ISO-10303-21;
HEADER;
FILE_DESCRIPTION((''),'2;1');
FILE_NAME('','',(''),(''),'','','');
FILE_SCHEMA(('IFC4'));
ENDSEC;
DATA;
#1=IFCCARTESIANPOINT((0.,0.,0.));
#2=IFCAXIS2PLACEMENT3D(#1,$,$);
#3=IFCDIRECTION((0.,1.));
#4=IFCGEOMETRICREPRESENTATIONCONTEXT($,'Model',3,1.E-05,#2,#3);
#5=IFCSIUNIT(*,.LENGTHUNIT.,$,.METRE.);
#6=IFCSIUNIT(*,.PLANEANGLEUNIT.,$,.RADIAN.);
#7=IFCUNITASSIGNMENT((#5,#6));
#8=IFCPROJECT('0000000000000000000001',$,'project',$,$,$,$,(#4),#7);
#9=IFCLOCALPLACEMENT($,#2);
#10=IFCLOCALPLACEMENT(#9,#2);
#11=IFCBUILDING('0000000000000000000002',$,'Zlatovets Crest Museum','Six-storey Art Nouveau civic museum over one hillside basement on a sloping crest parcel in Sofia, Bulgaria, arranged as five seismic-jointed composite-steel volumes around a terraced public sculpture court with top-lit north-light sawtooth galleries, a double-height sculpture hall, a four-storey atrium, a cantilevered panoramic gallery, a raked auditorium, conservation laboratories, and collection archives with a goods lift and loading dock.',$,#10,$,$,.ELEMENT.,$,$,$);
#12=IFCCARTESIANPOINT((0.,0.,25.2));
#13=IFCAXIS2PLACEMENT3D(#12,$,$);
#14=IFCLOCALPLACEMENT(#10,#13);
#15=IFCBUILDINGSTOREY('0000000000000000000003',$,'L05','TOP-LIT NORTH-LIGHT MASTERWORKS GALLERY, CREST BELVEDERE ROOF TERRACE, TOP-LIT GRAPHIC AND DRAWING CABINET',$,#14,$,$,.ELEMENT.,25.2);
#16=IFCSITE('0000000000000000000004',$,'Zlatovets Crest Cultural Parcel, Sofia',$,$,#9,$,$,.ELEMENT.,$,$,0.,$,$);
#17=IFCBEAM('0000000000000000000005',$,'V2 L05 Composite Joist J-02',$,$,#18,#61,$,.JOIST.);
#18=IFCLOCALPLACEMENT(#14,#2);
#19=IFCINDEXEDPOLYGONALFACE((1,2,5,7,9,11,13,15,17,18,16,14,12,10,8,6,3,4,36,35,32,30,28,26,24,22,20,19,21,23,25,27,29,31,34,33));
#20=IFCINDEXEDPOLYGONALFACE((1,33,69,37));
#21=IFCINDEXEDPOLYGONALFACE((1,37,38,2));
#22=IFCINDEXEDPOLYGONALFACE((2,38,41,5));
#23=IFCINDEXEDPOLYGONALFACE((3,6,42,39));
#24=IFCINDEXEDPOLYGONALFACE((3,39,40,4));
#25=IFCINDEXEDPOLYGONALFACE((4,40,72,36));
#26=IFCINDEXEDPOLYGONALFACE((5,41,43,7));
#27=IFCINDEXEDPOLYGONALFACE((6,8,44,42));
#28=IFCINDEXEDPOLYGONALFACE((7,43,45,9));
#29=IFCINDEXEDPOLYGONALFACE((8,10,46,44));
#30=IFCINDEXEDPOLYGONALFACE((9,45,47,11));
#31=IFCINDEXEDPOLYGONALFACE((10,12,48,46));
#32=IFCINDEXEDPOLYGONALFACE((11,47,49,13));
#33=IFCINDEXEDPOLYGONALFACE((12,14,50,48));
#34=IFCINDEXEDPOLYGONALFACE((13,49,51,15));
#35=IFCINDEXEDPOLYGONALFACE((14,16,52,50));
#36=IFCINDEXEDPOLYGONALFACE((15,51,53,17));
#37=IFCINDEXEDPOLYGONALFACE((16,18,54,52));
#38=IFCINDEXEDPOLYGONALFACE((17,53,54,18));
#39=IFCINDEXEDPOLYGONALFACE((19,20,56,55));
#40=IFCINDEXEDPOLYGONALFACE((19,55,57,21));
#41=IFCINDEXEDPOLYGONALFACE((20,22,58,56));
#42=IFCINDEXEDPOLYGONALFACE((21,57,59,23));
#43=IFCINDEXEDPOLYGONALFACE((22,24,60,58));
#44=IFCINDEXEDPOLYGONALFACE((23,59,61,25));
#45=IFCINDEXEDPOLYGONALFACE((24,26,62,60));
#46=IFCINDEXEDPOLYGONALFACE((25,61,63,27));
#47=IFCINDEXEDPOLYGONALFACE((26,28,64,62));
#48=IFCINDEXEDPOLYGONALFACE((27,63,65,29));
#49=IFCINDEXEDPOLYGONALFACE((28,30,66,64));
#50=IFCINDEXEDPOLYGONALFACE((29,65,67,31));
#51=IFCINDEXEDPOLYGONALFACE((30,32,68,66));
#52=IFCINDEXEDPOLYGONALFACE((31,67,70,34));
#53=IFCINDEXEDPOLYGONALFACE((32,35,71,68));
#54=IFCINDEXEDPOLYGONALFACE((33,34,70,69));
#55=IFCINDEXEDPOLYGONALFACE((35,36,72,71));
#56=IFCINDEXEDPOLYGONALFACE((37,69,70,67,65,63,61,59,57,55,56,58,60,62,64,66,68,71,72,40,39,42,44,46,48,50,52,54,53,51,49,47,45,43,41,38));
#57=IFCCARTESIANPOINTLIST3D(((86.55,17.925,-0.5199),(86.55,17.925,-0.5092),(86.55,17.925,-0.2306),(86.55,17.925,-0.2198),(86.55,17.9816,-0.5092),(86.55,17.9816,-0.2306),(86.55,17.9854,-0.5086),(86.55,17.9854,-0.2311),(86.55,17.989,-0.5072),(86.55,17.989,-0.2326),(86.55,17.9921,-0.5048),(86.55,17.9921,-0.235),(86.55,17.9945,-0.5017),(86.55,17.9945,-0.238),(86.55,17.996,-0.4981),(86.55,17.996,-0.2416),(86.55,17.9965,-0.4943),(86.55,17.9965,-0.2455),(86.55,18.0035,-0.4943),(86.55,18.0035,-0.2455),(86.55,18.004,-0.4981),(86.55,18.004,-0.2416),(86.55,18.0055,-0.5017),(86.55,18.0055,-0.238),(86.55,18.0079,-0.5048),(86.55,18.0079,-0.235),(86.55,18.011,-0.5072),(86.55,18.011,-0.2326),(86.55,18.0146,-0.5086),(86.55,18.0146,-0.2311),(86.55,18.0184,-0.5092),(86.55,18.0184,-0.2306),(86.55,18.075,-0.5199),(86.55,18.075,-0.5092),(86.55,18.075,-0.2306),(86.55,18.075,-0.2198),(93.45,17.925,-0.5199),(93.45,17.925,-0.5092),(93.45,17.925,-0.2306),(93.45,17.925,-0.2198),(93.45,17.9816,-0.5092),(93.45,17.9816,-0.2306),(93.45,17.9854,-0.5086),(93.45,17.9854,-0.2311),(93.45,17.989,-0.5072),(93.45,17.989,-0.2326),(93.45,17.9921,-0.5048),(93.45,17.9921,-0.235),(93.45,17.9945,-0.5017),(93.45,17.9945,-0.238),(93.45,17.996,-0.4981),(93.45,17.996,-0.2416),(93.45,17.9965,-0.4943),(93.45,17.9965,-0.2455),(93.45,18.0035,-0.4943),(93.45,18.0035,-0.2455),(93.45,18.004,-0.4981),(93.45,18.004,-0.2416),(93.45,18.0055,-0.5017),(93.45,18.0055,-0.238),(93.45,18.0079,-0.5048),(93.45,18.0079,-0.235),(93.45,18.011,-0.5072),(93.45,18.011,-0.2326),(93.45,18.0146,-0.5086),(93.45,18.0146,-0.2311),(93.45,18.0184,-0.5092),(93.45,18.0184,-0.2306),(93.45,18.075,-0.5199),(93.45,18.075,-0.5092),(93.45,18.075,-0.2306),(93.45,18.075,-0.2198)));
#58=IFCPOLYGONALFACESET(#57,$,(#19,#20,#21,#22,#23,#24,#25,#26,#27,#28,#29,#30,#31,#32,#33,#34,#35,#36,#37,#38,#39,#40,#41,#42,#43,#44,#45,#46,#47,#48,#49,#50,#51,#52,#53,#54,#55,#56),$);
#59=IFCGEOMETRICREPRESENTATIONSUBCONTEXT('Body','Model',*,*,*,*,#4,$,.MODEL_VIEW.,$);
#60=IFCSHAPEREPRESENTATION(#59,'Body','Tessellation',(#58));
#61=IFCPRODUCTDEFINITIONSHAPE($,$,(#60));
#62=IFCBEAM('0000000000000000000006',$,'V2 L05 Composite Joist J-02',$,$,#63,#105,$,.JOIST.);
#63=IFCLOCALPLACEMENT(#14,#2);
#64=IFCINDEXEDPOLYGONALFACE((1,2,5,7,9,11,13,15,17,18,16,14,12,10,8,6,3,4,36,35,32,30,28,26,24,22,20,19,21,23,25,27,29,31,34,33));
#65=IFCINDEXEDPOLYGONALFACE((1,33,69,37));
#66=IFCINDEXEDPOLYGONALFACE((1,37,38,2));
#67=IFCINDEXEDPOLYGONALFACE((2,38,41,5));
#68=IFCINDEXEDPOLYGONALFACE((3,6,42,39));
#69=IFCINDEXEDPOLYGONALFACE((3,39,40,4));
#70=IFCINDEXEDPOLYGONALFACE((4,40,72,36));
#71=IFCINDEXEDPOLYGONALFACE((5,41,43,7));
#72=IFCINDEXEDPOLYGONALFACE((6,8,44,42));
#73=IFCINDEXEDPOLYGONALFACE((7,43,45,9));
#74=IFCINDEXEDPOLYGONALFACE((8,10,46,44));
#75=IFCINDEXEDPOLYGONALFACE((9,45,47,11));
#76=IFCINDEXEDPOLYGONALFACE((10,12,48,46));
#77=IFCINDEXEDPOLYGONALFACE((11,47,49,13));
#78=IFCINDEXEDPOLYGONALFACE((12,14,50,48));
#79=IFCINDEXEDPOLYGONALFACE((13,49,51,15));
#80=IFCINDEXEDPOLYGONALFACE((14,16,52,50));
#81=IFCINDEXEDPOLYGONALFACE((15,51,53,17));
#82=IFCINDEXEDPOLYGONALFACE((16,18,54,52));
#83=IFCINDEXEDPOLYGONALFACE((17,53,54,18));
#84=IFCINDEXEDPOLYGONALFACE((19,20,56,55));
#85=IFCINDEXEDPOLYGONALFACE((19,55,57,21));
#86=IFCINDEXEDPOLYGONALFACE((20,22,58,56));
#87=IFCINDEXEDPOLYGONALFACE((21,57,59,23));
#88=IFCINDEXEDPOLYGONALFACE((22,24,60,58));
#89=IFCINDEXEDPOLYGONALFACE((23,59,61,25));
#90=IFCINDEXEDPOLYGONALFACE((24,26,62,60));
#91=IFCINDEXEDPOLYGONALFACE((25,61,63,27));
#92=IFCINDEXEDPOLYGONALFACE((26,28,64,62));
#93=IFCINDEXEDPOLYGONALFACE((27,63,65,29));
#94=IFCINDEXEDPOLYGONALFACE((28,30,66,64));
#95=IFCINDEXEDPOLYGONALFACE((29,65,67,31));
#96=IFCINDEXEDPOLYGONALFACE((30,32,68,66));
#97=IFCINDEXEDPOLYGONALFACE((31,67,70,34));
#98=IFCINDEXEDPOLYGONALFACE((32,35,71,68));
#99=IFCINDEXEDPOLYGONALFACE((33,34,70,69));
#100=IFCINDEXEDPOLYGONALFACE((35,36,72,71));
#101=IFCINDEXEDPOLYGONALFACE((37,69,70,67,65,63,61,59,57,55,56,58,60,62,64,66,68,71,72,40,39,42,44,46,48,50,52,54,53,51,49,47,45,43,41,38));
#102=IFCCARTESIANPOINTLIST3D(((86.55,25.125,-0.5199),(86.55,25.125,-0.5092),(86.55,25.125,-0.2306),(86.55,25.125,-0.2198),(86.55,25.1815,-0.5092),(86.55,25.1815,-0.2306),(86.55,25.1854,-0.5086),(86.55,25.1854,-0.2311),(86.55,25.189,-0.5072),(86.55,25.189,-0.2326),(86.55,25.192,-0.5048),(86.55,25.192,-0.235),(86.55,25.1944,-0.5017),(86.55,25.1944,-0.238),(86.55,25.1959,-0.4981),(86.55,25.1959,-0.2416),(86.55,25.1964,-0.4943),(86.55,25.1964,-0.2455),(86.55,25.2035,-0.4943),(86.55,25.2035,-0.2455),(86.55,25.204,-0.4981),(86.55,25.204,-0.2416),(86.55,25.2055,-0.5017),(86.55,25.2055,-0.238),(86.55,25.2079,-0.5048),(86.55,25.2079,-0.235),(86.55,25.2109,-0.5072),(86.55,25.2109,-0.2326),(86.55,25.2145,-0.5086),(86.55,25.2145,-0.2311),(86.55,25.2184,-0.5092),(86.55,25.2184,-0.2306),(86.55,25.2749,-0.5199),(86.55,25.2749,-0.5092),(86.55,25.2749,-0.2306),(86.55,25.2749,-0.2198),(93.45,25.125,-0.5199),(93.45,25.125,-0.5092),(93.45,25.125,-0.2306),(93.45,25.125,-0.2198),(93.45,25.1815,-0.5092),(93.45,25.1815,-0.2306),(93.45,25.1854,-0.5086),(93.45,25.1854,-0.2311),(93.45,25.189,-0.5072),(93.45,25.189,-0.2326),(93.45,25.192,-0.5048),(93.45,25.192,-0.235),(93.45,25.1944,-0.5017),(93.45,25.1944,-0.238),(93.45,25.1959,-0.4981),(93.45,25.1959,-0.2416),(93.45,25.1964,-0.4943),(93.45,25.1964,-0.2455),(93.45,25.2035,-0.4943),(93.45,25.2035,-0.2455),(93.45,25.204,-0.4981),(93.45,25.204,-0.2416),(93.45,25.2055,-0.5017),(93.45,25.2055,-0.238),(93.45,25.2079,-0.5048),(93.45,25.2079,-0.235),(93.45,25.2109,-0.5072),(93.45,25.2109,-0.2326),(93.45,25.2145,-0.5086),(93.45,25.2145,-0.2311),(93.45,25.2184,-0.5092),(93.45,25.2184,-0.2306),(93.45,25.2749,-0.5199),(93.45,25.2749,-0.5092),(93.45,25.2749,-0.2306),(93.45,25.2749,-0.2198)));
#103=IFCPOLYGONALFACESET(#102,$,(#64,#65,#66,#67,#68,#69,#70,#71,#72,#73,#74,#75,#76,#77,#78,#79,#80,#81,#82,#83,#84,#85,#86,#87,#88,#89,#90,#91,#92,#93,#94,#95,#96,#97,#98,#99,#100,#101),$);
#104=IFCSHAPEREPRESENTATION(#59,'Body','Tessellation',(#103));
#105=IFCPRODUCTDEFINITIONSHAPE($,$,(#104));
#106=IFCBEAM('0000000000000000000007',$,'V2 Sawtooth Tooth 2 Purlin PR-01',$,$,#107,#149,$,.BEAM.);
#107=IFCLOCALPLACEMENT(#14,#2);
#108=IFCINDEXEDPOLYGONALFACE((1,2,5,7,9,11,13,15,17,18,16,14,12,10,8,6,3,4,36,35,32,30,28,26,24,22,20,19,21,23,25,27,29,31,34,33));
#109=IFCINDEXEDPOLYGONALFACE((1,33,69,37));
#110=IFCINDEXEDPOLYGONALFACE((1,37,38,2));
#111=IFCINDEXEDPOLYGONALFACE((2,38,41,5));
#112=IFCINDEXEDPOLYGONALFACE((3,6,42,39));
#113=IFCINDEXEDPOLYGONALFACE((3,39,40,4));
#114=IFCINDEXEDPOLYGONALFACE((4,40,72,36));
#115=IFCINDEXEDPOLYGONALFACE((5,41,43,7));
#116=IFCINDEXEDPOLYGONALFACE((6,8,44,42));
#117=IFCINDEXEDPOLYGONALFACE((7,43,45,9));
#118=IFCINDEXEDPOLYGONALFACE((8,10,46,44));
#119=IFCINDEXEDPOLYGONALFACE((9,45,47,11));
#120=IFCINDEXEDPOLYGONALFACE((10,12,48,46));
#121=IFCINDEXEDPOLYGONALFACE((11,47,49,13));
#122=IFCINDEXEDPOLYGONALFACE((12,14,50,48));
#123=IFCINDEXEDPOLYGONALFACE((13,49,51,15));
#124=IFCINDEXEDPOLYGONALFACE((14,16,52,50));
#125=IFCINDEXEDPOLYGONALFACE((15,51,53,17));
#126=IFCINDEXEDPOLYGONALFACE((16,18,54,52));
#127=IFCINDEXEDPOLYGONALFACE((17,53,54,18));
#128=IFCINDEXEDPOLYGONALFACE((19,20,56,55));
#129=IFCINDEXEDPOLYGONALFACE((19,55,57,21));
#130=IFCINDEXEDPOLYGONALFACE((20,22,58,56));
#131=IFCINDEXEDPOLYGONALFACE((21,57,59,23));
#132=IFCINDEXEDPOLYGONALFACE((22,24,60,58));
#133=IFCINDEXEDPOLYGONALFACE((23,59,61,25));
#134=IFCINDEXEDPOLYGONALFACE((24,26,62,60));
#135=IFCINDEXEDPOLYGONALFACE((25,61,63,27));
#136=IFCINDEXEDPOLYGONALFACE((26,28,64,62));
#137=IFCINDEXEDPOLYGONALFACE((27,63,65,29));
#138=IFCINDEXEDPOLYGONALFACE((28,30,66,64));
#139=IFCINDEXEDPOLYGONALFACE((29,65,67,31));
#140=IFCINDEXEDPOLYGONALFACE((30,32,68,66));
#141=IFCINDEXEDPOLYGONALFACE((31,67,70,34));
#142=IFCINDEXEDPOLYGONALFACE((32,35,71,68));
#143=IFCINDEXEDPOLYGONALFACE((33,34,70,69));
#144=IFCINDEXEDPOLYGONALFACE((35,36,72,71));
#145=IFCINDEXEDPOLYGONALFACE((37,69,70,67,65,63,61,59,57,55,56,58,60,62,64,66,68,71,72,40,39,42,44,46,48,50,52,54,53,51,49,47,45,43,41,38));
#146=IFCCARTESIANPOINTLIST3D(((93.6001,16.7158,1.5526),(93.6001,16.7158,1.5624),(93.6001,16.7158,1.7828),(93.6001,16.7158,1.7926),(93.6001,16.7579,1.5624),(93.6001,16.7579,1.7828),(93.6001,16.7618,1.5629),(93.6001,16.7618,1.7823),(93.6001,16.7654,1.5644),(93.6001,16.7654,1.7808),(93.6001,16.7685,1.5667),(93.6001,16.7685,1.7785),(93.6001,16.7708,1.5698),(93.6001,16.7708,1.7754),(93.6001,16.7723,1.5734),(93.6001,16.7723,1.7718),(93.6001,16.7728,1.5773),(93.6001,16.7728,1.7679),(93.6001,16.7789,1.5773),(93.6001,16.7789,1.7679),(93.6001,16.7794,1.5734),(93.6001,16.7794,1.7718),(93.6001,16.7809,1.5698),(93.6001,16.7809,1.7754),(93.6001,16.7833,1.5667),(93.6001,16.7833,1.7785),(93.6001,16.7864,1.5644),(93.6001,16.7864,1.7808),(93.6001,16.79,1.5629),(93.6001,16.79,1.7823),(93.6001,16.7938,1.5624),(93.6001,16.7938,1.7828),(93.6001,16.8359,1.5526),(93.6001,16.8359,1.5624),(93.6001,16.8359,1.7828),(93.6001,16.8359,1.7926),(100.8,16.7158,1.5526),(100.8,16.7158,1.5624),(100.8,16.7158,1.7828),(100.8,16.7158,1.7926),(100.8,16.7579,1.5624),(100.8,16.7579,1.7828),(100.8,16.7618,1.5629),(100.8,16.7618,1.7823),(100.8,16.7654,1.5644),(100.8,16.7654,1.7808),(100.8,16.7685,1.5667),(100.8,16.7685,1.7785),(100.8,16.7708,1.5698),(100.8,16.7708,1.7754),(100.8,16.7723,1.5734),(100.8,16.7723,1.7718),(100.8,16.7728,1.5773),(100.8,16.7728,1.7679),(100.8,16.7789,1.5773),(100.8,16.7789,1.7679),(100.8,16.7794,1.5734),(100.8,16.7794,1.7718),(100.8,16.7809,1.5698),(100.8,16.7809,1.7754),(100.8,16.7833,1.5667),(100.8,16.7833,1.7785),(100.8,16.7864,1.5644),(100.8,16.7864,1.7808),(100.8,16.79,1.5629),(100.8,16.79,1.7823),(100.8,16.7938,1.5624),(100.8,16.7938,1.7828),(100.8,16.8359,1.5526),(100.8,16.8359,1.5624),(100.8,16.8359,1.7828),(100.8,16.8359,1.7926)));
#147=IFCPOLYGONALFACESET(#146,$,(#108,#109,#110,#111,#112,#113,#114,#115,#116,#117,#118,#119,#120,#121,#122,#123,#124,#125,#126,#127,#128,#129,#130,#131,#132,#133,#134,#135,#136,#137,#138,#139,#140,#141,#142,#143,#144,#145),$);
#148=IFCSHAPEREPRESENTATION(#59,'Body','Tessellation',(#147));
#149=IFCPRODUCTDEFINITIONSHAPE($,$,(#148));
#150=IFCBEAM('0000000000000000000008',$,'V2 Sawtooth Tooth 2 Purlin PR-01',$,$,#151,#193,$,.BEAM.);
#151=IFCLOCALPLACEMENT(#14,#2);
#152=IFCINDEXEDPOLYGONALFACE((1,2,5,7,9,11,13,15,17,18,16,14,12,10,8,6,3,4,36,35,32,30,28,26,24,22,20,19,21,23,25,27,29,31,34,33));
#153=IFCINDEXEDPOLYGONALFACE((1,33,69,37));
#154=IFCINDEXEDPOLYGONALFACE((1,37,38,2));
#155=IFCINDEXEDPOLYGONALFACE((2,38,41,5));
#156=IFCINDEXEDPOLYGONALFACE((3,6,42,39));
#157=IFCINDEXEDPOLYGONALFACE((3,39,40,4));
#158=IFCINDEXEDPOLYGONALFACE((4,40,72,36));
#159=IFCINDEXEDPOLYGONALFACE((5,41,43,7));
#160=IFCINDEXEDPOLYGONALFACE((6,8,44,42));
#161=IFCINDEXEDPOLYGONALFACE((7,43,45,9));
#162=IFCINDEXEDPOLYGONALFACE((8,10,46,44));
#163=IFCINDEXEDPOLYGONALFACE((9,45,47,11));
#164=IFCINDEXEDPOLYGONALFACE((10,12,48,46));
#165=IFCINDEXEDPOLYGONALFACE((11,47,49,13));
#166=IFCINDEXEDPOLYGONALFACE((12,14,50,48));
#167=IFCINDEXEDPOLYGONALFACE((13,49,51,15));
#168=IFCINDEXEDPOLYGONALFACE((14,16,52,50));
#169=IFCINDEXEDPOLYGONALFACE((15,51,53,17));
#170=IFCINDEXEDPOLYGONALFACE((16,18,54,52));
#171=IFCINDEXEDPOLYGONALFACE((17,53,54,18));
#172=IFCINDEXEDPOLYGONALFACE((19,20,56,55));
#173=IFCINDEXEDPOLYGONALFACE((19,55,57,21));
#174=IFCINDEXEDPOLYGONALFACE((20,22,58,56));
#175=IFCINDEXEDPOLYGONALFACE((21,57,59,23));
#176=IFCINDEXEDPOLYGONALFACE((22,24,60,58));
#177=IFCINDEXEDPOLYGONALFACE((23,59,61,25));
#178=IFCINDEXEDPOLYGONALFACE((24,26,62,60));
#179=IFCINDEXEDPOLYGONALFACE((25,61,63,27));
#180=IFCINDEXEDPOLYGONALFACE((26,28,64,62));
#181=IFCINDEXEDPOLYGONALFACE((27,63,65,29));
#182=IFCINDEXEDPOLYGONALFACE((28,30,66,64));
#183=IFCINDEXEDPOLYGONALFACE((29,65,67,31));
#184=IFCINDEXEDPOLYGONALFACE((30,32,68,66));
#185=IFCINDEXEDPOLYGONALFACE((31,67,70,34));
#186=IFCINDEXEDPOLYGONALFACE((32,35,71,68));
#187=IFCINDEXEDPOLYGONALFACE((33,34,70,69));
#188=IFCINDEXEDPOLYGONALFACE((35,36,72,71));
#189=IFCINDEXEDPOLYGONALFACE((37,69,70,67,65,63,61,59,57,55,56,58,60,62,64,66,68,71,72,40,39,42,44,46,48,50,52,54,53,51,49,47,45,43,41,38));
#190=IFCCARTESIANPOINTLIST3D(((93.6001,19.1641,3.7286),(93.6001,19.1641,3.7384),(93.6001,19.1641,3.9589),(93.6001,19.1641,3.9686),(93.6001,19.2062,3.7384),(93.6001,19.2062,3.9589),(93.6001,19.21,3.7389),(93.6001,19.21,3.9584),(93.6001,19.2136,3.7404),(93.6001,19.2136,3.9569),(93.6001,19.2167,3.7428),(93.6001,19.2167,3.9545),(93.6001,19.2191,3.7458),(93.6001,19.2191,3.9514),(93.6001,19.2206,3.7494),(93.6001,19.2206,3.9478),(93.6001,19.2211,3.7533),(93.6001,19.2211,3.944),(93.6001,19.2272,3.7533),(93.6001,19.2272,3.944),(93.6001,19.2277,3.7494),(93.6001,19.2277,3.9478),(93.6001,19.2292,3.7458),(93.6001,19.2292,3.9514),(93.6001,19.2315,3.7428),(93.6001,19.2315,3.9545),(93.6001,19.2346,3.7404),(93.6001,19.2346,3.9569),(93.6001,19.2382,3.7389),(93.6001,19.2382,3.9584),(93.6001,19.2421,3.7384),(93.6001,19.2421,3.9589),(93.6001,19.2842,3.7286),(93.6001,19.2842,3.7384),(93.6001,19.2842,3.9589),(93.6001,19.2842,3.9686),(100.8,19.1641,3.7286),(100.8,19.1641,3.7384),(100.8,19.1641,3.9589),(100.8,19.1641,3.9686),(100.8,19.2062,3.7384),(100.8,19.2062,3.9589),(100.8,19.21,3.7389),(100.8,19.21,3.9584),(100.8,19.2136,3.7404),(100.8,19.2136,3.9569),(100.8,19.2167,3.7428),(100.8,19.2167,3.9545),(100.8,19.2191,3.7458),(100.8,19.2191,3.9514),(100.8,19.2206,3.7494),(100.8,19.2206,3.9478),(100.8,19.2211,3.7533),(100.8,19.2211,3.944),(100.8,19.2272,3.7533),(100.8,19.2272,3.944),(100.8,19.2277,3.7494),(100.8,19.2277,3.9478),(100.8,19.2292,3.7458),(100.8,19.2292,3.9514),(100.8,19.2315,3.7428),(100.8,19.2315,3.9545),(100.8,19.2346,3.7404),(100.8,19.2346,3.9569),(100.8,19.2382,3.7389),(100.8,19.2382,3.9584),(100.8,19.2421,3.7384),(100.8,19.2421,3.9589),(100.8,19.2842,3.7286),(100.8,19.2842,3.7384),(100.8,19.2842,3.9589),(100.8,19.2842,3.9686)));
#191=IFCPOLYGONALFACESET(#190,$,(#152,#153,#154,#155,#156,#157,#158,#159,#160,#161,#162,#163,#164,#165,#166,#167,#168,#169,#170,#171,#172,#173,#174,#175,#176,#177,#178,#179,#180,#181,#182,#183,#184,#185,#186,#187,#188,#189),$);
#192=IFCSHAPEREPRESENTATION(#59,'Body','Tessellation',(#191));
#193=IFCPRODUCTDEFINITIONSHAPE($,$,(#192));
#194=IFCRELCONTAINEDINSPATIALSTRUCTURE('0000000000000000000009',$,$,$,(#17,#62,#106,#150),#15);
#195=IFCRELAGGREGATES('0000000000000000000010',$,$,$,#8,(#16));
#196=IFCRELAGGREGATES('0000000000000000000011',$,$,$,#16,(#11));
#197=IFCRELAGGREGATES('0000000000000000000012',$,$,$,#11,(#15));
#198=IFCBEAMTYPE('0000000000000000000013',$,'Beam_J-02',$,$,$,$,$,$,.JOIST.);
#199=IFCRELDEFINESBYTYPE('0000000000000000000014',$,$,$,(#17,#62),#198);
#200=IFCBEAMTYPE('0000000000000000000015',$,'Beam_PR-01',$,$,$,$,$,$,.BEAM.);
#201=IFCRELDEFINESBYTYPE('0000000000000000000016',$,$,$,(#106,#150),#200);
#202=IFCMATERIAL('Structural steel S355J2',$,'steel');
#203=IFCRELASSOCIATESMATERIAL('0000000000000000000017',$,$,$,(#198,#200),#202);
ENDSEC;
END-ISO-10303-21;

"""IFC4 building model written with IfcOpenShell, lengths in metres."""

from ifc_helpers import new_model, si_unit, direction, frame, origin, origin_2d, place, context, subcontext, project, spatial, i_section, extrude, material, material_profile, profile_set, type_object, element, save


model = new_model("IFC4")

# Units and contexts
model_context = context("Model", 3, precision=1e-05, world=origin(), true_north=direction((0.0, 1.0)))
body_context = subcontext(model_context, "Body", "Model", "MODEL_VIEW")
ifc_project = project(units=[si_unit("LENGTHUNIT", "METRE"), si_unit("PLANEANGLEUNIT", "RADIAN")], contexts=[model_context])

# Site, building, storey
site_placement = place(None, origin())
site = spatial("IfcSite", under=ifc_project, at=site_placement, Name="Zlatovets Crest Cultural Parcel, Sofia", CompositionType="ELEMENT", RefElevation=0.0)
building_placement = place(site_placement, origin())
building = spatial("IfcBuilding", under=site, at=building_placement, Name="Zlatovets Crest Museum", Description="Six-storey Art Nouveau civic museum over one hillside basement on a sloping crest parcel in Sofia, Bulgaria, arranged as five seismic-jointed composite-steel volumes around a terraced public sculpture court with top-lit north-light sawtooth galleries, a double-height sculpture hall, a four-storey atrium, a cantilevered panoramic gallery, a raked auditorium, conservation laboratories, and collection archives with a goods lift and loading dock.", CompositionType="ELEMENT")
storey_placement = place(building_placement, frame((0.0, 0.0, 25.2)))
storey = spatial("IfcBuildingStorey", under=building, at=storey_placement, Name="L05", Description="TOP-LIT NORTH-LIGHT MASTERWORKS GALLERY, CREST BELVEDERE ROOF TERRACE, TOP-LIT GRAPHIC AND DRAWING CABINET", CompositionType="ELEMENT", Elevation=25.2)

# Beams
ifc_material_1 = material(Name="Structural steel S355J2", Category="steel")
ifc_material_profile_1 = material_profile(ifc_material_1, i_section(OverallWidth=0.1499, OverallDepth=0.3, WebThickness=0.0071, FlangeThickness=0.0107, FilletRadius=0.0149, at=origin_2d()), Name="IPE 300")
ifc_profile_set_1 = profile_set([ifc_material_profile_1], Name="Structural steel S355J2")
beam_type_1 = type_object("IfcBeamType", Name="Beam_J-02", PredefinedType="JOIST", material=ifc_profile_set_1)
for number, where, z_axis, x_axis, name in (
    (1, (86.55, 18.0, -0.3699), (1.0, 0.0, 0.0), (0.0, 1.0, 0.0), "V2 L05 Composite Joist J-02"),
    (2, (86.55, 25.2, -0.3699), (1.0, 0.0, 0.0), (0.0, 1.0, 0.0), "V2 L05 Composite Joist J-02"),
):
    element("IfcBeam", number, at=place(storey_placement, frame(where, z_axis=z_axis, x_axis=x_axis)), inside=storey, type_object=beam_type_1, Name=name, PredefinedType="JOIST", context=body_context, shape_type="SweptSolid", body=[
        extrude(i_section(OverallWidth=0.1499, OverallDepth=0.3, WebThickness=0.0071, FlangeThickness=0.0107, FilletRadius=0.0149, at=origin_2d()), origin(), (0.0, 0.0, 1.0), 6.8999),
    ])
ifc_material_profile_2 = material_profile(ifc_material_1, i_section(OverallWidth=0.1201, OverallDepth=0.24, WebThickness=0.0061, FlangeThickness=0.0098, FilletRadius=0.0149, at=origin_2d()), Name="IPE 240")
ifc_profile_set_2 = profile_set([ifc_material_profile_2], Name="Structural steel S355J2")
beam_type_2 = type_object("IfcBeamType", Name="Beam_PR-01", PredefinedType="BEAM", material=ifc_profile_set_2)
for number, where, z_axis, x_axis, name in (
    (3, (93.6001, 16.7759, 1.6726), (1.0, 0.0, 0.0), (0.0, 1.0, 0.0), "V2 Sawtooth Tooth 2 Purlin PR-01"),
    (4, (93.6001, 19.2241, 3.8486), (1.0, 0.0, 0.0), (0.0, 1.0, 0.0), "V2 Sawtooth Tooth 2 Purlin PR-01"),
):
    element("IfcBeam", number, at=place(storey_placement, frame(where, z_axis=z_axis, x_axis=x_axis)), inside=storey, type_object=beam_type_2, Name=name, PredefinedType="BEAM", context=body_context, shape_type="SweptSolid", body=[
        extrude(i_section(OverallWidth=0.1201, OverallDepth=0.24, WebThickness=0.0061, FlangeThickness=0.0098, FilletRadius=0.0149, at=origin_2d()), origin(), (0.0, 0.0, 1.0), 7.2),
    ])

save(model, "model.ifc")
